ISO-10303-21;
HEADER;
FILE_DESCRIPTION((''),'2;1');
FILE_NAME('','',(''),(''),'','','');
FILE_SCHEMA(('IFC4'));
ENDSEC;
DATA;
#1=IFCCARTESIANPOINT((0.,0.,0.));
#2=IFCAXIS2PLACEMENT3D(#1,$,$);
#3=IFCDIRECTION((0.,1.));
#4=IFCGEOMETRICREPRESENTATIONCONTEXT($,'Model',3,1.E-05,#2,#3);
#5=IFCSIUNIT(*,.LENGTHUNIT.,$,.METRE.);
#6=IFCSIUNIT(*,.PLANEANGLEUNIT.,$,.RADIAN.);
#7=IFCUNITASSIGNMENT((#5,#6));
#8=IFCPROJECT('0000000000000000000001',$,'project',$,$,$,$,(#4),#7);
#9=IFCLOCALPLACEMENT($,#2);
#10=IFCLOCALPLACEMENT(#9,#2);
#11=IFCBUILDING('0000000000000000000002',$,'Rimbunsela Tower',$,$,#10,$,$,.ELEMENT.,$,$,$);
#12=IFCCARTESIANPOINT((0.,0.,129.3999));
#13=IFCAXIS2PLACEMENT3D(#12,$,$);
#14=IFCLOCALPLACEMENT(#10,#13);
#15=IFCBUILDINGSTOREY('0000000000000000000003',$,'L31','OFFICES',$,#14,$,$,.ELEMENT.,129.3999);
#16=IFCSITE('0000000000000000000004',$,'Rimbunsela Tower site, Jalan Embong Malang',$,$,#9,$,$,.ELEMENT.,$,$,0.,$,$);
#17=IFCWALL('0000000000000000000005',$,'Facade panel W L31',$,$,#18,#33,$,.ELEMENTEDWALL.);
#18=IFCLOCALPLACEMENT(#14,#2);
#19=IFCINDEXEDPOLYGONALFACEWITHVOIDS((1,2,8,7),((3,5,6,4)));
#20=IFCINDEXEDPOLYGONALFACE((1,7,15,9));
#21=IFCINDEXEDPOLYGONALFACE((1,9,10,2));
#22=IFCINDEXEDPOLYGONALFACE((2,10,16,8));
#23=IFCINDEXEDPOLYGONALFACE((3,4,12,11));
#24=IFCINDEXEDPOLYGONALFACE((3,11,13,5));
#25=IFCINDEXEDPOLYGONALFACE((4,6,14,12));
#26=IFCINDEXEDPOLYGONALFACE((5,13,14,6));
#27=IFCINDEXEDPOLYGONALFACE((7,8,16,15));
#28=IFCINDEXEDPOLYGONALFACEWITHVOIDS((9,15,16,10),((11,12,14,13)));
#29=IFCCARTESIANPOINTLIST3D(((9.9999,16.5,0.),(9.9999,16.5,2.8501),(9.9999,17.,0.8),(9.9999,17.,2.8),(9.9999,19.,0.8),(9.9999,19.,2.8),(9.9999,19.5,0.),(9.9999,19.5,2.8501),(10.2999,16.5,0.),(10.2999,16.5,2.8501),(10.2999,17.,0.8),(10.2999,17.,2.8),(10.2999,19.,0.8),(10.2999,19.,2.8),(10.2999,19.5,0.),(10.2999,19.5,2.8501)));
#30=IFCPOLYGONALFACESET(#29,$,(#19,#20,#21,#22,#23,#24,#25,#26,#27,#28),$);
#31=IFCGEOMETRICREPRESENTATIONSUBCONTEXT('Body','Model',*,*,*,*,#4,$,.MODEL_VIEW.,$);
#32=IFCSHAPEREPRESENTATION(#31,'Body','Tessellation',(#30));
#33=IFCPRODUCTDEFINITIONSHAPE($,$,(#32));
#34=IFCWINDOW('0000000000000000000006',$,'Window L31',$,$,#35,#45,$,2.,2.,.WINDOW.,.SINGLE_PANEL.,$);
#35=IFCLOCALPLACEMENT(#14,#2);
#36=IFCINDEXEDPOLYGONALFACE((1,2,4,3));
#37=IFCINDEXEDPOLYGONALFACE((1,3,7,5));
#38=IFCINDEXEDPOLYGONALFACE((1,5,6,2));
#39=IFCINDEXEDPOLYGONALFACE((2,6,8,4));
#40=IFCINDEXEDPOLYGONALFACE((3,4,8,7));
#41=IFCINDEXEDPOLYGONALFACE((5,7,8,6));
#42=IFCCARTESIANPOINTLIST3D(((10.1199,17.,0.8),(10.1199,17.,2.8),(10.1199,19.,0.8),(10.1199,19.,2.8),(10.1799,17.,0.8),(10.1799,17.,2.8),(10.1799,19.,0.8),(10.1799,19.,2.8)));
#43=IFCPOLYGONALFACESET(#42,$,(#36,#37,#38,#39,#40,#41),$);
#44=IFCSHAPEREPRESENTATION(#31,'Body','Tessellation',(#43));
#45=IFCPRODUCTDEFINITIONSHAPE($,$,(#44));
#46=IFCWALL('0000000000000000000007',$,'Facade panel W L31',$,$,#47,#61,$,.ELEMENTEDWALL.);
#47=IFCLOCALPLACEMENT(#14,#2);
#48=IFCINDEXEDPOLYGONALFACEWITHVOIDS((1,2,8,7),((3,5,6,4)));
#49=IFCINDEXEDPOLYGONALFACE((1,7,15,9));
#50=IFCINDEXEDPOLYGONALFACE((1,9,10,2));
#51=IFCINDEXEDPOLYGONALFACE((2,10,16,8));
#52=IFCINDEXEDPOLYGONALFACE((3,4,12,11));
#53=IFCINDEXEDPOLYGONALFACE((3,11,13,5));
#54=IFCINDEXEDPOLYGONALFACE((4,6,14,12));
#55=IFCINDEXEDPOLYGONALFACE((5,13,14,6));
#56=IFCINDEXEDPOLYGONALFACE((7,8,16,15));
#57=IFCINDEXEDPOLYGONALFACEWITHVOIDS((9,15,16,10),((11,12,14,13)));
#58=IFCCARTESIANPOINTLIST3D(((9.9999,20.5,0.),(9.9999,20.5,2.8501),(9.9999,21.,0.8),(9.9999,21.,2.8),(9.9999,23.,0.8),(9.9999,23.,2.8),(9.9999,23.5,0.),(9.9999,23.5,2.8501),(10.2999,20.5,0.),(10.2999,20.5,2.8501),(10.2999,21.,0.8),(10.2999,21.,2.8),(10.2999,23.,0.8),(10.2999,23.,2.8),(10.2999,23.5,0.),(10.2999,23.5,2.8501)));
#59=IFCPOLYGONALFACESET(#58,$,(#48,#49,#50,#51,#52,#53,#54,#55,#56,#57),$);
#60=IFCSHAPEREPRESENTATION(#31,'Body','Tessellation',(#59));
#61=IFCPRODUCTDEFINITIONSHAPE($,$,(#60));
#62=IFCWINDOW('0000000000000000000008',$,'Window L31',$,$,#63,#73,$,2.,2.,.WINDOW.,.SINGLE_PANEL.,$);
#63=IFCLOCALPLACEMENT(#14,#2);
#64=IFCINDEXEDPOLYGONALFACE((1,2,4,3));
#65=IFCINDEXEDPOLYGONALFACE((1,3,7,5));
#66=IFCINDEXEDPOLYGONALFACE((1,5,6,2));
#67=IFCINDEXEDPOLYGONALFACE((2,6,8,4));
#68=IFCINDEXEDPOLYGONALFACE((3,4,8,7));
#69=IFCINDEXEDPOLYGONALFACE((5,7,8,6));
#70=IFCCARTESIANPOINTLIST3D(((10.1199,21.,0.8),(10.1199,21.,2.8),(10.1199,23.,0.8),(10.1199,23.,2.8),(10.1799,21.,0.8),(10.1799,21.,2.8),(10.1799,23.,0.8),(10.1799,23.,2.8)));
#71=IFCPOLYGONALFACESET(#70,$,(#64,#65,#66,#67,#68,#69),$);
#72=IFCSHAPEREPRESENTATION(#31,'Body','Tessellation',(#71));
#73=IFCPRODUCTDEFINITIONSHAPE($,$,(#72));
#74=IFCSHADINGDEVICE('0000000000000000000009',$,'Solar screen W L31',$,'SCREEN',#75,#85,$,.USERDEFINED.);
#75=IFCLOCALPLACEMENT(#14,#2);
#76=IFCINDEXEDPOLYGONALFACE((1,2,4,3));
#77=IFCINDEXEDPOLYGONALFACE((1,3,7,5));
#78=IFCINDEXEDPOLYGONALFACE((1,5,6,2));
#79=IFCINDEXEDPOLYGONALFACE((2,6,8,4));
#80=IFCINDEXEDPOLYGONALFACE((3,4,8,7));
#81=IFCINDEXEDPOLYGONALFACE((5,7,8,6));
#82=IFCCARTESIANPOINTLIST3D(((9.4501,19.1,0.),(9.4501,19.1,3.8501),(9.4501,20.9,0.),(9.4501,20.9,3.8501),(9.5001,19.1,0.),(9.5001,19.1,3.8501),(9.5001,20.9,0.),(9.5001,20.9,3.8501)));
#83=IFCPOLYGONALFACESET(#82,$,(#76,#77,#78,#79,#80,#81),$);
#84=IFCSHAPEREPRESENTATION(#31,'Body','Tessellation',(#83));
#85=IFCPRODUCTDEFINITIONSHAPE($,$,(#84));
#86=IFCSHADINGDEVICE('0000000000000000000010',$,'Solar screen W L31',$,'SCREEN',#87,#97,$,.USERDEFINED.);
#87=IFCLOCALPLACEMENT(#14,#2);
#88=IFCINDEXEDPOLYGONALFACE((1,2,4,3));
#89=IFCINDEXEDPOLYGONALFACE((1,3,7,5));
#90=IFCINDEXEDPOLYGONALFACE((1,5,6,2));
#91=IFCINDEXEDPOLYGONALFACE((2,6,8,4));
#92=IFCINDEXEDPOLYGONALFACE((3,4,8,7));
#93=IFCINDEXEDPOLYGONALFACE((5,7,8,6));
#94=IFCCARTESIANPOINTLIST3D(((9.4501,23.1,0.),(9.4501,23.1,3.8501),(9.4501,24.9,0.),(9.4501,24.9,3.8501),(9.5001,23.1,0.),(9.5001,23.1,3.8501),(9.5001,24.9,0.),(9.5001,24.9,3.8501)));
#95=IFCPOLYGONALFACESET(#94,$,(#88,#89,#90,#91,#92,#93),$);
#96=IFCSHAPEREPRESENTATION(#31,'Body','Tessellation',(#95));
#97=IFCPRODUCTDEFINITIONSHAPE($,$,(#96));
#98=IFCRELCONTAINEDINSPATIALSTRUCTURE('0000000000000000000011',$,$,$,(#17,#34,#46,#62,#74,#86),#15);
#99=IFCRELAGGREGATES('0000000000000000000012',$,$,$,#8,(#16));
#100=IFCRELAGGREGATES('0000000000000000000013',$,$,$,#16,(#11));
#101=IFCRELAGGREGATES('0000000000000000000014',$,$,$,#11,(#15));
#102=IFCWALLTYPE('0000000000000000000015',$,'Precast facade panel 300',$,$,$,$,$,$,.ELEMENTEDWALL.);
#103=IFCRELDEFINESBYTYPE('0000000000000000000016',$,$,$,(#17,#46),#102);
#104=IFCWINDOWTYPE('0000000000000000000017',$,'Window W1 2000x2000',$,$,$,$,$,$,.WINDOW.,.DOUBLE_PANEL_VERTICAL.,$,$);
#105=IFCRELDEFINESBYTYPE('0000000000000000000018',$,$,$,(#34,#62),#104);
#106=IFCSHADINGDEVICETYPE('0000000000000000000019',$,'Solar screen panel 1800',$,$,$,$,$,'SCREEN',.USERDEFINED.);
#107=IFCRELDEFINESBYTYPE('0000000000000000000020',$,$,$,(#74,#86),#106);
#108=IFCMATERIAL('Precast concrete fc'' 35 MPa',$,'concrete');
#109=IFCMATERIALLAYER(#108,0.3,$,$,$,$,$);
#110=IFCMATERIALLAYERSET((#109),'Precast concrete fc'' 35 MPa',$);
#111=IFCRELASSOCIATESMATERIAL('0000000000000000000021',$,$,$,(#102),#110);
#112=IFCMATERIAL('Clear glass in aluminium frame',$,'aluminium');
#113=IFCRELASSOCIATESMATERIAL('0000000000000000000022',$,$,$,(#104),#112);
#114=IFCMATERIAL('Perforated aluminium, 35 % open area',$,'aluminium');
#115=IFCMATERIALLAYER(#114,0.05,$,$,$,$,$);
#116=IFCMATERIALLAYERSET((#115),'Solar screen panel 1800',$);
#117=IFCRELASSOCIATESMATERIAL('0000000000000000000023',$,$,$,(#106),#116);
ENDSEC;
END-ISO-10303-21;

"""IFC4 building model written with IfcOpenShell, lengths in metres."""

from ifc_helpers import new_model, si_unit, direction, frame, frame_2d, origin, origin_2d, place, context, subcontext, project, spatial, rectangle, extrude, material, layer, layer_set, type_object, element, fill, save


model = new_model("IFC4")

# Units and contexts
model_context = context("Model", 3, precision=1e-05, world=origin(), true_north=direction((0.0, 1.0)))
body_context = subcontext(model_context, "Body", "Model", "MODEL_VIEW")
ifc_project = project(units=[si_unit("LENGTHUNIT", "METRE"), si_unit("PLANEANGLEUNIT", "RADIAN")], contexts=[model_context])

# Site, building, storey
site_placement = place(None, origin())
site = spatial("IfcSite", under=ifc_project, at=site_placement, Name="Rimbunsela Tower site, Jalan Embong Malang", CompositionType="ELEMENT", RefElevation=0.0)
building_placement = place(site_placement, origin())
building = spatial("IfcBuilding", under=site, at=building_placement, Name="Rimbunsela Tower", CompositionType="ELEMENT")
storey_placement = place(building_placement, frame((0.0, 0.0, 129.3999)))
storey = spatial("IfcBuildingStorey", under=building, at=storey_placement, Name="L31", Description="OFFICES", CompositionType="ELEMENT", Elevation=129.3999)

# Walls, openings, windows
ifc_material_1 = material(Name="Precast concrete fc' 35 MPa", Category="concrete")
ifc_layer_1 = layer(ifc_material_1, 0.3)
ifc_layer_set_1 = layer_set([ifc_layer_1], Name="Precast concrete fc' 35 MPa")
wall_type_1 = type_object("IfcWallType", Name="Precast facade panel 300", PredefinedType="ELEMENTEDWALL", material=ifc_layer_set_1)
wall_1_placement = place(storey_placement, frame((10.1499, 19.5, 0.0), z_axis=(0.0, 0.0, 1.0), x_axis=(0.0, -1.0, 0.0)))
wall_1 = element("IfcWall", 1, at=wall_1_placement, inside=storey, type_object=wall_type_1, Name="Facade panel W L31", PredefinedType="ELEMENTEDWALL", context=body_context, shape_type="SweptSolid", body=[
    extrude(rectangle(XDim=3.0, YDim=0.3, at=frame_2d((1.5, 0.0))), origin(), (0.0, 0.0, 1.0), 2.8501),
])
opening_1_placement = place(wall_1_placement, frame((0.5, 0.0, 0.8)))
opening_1 = element("IfcOpeningElement", 2, at=opening_1_placement, cuts=wall_1, PredefinedType="OPENING", context=body_context, shape_type="SweptSolid", body=[
    extrude(rectangle(XDim=2.0, YDim=2.0, at=frame_2d((1.0, 1.0))), frame((0.0, 0.1599, 0.0), z_axis=(0.0, -1.0, 0.0), x_axis=(1.0, 0.0, 0.0)), (0.0, 0.0, 1.0), 0.3201),
])
ifc_material_2 = material(Name="Clear glass in aluminium frame", Category="aluminium")
window_type = type_object("IfcWindowType", Name="Window W1 2000x2000", PartitioningType="DOUBLE_PANEL_VERTICAL", PredefinedType="WINDOW", material=ifc_material_2)
window_1_placement = place(opening_1_placement, origin())
window_1 = element("IfcWindow", 3, at=window_1_placement, inside=storey, type_object=window_type, Name="Window L31", OverallHeight=2.0, OverallWidth=2.0, PartitioningType="SINGLE_PANEL", PredefinedType="WINDOW", context=body_context, shape_type="SweptSolid", body=[
    extrude(rectangle(XDim=2.0, YDim=2.0, at=frame_2d((1.0, 1.0))), frame((0.0, 0.03, 0.0), z_axis=(0.0, -1.0, 0.0), x_axis=(1.0, 0.0, 0.0)), (0.0, 0.0, 1.0), 0.0601),
])
fill(opening_1, window_1)
wall_2_placement = place(storey_placement, frame((10.1499, 23.5, 0.0), z_axis=(0.0, 0.0, 1.0), x_axis=(0.0, -1.0, 0.0)))
wall_2 = element("IfcWall", 4, at=wall_2_placement, inside=storey, type_object=wall_type_1, Name="Facade panel W L31", PredefinedType="ELEMENTEDWALL", context=body_context, shape_type="SweptSolid", body=[
    extrude(rectangle(XDim=3.0, YDim=0.3, at=frame_2d((1.5, 0.0))), origin(), (0.0, 0.0, 1.0), 2.8501),
])
opening_2_placement = place(wall_2_placement, frame((0.5, 0.0, 0.8)))
opening_2 = element("IfcOpeningElement", 5, at=opening_2_placement, cuts=wall_2, PredefinedType="OPENING", context=body_context, shape_type="SweptSolid", body=[
    extrude(rectangle(XDim=2.0, YDim=2.0, at=frame_2d((1.0, 1.0))), frame((0.0, 0.1599, 0.0), z_axis=(0.0, -1.0, 0.0), x_axis=(1.0, 0.0, 0.0)), (0.0, 0.0, 1.0), 0.3201),
])
window_2_placement = place(opening_2_placement, origin())
window_2 = element("IfcWindow", 6, at=window_2_placement, inside=storey, type_object=window_type, Name="Window L31", OverallHeight=2.0, OverallWidth=2.0, PartitioningType="SINGLE_PANEL", PredefinedType="WINDOW", context=body_context, shape_type="SweptSolid", body=[
    extrude(rectangle(XDim=2.0, YDim=2.0, at=frame_2d((1.0, 1.0))), frame((0.0, 0.03, 0.0), z_axis=(0.0, -1.0, 0.0), x_axis=(1.0, 0.0, 0.0)), (0.0, 0.0, 1.0), 0.0601),
])
fill(opening_2, window_2)

# Shading devices
ifc_material_3 = material(Name="Perforated aluminium, 35 % open area", Category="aluminium")
ifc_layer_2 = layer(ifc_material_3, 0.05)
ifc_layer_set_2 = layer_set([ifc_layer_2], Name="Solar screen panel 1800")
shading_device_type = type_object("IfcShadingDeviceType", Name="Solar screen panel 1800", ElementType="SCREEN", PredefinedType="USERDEFINED", material=ifc_layer_set_2)
for number, where, z_axis, x_axis, name in (
    (7, (9.4751, 20.0, 0.0), (0.0, 0.0, 1.0), (0.0, 1.0, 0.0), "Solar screen W L31"),
    (8, (9.4751, 24.0, 0.0), (0.0, 0.0, 1.0), (0.0, 1.0, 0.0), "Solar screen W L31"),
):
    element("IfcShadingDevice", number, at=place(storey_placement, frame(where, z_axis=z_axis, x_axis=x_axis)), inside=storey, type_object=shading_device_type, Name=name, ObjectType="SCREEN", PredefinedType="USERDEFINED", context=body_context, shape_type="SweptSolid", body=[
        extrude(rectangle(XDim=1.8, YDim=0.05, at=origin_2d()), origin(), (0.0, 0.0, 1.0), 3.8501),
    ])

save(model, "model.ifc")
